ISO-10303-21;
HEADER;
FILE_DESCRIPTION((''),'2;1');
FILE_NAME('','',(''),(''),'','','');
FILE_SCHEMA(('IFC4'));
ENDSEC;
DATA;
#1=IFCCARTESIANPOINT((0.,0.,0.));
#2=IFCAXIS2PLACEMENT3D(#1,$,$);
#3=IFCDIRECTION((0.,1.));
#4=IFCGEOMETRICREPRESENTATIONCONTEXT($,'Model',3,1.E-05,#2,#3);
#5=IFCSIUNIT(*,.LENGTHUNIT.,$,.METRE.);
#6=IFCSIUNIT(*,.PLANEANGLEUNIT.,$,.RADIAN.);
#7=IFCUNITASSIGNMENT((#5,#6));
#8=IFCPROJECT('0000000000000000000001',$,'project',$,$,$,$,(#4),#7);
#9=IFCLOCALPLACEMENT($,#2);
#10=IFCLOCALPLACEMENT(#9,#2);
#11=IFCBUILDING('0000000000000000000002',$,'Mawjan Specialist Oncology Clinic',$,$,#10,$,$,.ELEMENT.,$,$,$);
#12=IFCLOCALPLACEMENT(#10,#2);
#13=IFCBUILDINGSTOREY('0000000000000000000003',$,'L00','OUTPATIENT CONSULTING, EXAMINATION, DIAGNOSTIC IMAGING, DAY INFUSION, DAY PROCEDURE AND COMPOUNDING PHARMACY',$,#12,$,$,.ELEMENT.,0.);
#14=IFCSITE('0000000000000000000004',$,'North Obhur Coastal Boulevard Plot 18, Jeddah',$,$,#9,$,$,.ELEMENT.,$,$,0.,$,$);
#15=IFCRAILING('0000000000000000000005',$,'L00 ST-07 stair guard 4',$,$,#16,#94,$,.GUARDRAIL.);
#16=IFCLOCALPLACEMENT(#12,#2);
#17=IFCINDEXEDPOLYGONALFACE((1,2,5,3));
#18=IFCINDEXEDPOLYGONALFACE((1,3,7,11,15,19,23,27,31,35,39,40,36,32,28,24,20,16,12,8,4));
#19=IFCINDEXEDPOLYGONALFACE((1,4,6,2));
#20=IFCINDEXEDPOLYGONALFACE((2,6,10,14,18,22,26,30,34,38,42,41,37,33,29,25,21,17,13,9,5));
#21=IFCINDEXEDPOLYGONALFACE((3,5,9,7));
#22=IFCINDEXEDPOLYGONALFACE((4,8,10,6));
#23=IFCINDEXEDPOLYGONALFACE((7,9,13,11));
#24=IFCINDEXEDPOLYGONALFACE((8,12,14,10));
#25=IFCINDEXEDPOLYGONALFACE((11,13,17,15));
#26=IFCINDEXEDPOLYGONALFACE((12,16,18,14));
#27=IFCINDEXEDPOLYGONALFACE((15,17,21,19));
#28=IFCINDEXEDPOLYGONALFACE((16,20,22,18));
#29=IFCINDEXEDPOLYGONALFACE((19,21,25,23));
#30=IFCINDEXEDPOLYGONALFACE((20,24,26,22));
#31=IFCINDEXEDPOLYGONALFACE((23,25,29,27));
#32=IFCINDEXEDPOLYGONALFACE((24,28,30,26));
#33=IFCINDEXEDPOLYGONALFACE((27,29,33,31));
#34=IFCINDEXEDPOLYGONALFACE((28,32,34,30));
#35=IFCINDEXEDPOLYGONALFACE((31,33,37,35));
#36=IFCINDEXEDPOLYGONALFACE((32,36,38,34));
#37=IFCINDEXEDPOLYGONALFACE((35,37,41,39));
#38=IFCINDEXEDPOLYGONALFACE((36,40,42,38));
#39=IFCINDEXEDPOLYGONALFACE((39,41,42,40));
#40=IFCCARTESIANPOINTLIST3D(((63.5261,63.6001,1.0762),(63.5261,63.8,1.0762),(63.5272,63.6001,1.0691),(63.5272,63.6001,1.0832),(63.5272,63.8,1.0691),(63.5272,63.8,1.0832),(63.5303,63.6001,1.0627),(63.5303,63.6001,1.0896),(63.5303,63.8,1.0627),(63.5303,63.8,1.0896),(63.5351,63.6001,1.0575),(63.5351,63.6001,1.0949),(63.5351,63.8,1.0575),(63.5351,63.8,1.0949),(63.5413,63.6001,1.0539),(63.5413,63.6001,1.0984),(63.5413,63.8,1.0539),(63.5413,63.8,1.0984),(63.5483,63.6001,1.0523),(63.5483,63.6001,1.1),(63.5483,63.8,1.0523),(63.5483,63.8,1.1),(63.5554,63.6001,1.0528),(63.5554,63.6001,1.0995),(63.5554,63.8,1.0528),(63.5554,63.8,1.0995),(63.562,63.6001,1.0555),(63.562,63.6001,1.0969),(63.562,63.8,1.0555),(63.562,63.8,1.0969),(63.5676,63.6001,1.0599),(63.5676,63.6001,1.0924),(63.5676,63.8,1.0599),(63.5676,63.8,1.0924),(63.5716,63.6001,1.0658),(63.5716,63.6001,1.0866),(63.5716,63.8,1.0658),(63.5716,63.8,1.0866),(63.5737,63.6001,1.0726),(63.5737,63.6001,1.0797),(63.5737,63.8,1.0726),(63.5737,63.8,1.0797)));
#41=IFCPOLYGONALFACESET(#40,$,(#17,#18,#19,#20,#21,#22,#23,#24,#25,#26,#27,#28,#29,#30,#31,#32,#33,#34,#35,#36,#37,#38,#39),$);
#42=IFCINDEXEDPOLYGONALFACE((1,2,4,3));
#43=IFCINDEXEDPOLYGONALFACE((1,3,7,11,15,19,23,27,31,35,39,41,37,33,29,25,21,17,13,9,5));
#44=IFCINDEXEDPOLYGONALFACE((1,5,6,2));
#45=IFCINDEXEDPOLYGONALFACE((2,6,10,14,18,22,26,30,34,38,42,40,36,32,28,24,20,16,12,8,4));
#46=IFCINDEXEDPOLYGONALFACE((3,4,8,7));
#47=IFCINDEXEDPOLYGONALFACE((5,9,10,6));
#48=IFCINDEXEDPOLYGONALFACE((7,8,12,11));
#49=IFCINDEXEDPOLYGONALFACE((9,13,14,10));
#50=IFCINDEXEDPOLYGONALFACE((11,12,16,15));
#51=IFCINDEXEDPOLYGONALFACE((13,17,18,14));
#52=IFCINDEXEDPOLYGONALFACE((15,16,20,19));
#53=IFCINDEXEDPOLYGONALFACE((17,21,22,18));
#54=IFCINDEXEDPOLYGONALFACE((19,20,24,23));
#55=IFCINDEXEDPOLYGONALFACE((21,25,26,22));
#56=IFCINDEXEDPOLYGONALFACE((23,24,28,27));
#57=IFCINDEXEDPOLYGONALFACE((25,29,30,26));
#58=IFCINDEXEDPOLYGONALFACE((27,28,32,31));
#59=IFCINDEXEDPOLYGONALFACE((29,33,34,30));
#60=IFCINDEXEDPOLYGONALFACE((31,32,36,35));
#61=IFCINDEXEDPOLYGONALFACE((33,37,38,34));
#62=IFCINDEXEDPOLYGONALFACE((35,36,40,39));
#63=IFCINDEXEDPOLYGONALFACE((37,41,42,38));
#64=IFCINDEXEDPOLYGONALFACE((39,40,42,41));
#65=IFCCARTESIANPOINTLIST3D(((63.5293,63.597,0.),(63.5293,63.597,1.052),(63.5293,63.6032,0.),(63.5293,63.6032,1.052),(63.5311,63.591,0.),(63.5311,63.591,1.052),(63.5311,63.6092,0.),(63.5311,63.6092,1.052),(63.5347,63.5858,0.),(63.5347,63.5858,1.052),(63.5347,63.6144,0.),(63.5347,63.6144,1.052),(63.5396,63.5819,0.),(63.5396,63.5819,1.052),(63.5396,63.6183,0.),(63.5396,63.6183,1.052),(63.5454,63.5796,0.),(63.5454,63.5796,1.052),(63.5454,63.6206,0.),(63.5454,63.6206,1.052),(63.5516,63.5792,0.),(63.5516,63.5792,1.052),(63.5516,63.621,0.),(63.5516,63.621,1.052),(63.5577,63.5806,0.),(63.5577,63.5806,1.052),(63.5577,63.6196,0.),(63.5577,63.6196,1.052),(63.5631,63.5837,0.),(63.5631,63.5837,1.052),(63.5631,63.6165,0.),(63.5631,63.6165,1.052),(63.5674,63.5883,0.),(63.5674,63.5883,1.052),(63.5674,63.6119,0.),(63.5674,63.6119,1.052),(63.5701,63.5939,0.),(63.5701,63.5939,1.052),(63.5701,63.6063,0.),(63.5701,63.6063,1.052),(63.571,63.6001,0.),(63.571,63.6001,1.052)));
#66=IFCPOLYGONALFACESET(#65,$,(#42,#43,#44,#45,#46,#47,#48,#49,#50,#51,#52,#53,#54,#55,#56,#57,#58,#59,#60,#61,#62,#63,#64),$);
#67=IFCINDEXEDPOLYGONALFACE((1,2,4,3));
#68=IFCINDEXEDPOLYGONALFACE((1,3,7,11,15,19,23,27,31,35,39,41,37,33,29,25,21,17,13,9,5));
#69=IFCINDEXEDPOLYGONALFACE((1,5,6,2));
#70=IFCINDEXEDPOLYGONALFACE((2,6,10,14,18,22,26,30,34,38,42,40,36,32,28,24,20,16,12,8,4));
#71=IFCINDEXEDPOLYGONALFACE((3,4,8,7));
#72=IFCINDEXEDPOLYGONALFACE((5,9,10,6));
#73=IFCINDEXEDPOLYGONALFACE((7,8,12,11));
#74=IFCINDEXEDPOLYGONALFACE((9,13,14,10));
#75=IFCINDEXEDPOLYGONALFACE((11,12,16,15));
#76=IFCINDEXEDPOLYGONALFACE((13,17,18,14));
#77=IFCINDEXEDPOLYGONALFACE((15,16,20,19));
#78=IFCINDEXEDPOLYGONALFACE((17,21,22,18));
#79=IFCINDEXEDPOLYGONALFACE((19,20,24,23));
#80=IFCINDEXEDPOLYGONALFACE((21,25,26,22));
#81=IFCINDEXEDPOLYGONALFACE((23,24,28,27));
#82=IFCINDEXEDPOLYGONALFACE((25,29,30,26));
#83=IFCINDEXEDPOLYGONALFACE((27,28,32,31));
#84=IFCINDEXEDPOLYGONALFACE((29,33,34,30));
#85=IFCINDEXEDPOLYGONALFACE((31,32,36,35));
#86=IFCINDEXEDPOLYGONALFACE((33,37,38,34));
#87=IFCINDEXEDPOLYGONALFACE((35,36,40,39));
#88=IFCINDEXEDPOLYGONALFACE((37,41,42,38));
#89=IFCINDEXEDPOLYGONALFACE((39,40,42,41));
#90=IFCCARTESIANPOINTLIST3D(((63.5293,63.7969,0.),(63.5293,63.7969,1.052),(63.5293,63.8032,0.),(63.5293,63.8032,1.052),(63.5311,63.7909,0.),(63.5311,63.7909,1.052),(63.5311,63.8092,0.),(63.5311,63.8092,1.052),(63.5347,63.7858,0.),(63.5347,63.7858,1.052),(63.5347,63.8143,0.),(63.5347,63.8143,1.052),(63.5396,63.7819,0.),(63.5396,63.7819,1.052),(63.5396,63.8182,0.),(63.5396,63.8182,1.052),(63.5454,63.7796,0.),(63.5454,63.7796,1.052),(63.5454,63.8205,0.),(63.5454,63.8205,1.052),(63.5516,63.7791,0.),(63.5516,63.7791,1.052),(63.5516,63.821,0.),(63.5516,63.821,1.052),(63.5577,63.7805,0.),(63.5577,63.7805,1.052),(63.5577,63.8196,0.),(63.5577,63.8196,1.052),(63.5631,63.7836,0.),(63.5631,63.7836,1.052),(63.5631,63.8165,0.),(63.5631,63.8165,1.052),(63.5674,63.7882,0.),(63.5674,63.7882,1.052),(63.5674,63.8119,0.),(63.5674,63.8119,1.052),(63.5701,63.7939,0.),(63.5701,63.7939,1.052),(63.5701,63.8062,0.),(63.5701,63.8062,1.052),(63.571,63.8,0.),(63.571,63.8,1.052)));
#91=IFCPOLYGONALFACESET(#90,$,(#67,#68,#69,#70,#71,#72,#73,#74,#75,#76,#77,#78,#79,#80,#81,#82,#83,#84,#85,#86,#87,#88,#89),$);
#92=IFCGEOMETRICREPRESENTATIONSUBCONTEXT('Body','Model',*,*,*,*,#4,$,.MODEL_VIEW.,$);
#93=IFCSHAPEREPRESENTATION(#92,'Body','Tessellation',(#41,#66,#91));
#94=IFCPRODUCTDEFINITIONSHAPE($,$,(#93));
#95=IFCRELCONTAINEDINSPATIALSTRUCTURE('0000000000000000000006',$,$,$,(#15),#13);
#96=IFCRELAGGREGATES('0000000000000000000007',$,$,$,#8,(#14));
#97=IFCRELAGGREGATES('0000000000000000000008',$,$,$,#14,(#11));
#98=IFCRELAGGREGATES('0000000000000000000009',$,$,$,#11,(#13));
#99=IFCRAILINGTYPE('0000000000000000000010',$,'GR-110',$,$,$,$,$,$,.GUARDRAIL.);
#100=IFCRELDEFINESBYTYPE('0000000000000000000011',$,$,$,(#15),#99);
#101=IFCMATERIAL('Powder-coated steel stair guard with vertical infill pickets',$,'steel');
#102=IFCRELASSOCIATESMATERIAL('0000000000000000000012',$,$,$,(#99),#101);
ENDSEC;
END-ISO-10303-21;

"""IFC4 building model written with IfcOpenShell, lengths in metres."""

from ifc_helpers import new_model, si_unit, direction, frame, origin, origin_2d, place, context, subcontext, project, spatial, circle, extrude, material, type_object, element, save


model = new_model("IFC4")

# Units and contexts
model_context = context("Model", 3, precision=1e-05, world=origin(), true_north=direction((0.0, 1.0)))
body_context = subcontext(model_context, "Body", "Model", "MODEL_VIEW")
ifc_project = project(units=[si_unit("LENGTHUNIT", "METRE"), si_unit("PLANEANGLEUNIT", "RADIAN")], contexts=[model_context])

# Site, building, storey
site_placement = place(None, origin())
site = spatial("IfcSite", under=ifc_project, at=site_placement, Name="North Obhur Coastal Boulevard Plot 18, Jeddah", CompositionType="ELEMENT", RefElevation=0.0)
building_placement = place(site_placement, origin())
building = spatial("IfcBuilding", under=site, at=building_placement, Name="Mawjan Specialist Oncology Clinic", CompositionType="ELEMENT")
storey_placement = place(building_placement, origin())
storey = spatial("IfcBuildingStorey", under=building, at=storey_placement, Name="L00", Description="OUTPATIENT CONSULTING, EXAMINATION, DIAGNOSTIC IMAGING, DAY INFUSION, DAY PROCEDURE AND COMPOUNDING PHARMACY", CompositionType="ELEMENT", Elevation=0.0)

# Railing
ifc_material_1 = material(Name="Powder-coated steel stair guard with vertical infill pickets", Category="steel")
railing_type_1 = type_object("IfcRailingType", Name="GR-110", PredefinedType="GUARDRAIL", material=ifc_material_1)
railing_1_placement = place(storey_placement, frame((63.55, 63.6001, 0.0)))
element("IfcRailing", 1, at=railing_1_placement, inside=storey, type_object=railing_type_1, Name="L00 ST-07 stair guard 4", PredefinedType="GUARDRAIL", context=body_context, shape_type="SweptSolid", body=[
    extrude(circle(Radius=0.0239, at=origin_2d()), frame((0.0, 0.0, 1.0762), z_axis=(0.0, 1.0, 0.0), x_axis=(-1.0, 0.0, 0.0)), (0.0, 0.0, 1.0), 0.2),
    extrude(circle(Radius=0.021, at=origin_2d()), origin(), (0.0, 0.0, 1.0), 1.052),
    extrude(circle(Radius=0.021, at=origin_2d()), frame((0.0, 0.2, 0.0)), (0.0, 0.0, 1.0), 1.052),
])

save(model, "model.ifc")
